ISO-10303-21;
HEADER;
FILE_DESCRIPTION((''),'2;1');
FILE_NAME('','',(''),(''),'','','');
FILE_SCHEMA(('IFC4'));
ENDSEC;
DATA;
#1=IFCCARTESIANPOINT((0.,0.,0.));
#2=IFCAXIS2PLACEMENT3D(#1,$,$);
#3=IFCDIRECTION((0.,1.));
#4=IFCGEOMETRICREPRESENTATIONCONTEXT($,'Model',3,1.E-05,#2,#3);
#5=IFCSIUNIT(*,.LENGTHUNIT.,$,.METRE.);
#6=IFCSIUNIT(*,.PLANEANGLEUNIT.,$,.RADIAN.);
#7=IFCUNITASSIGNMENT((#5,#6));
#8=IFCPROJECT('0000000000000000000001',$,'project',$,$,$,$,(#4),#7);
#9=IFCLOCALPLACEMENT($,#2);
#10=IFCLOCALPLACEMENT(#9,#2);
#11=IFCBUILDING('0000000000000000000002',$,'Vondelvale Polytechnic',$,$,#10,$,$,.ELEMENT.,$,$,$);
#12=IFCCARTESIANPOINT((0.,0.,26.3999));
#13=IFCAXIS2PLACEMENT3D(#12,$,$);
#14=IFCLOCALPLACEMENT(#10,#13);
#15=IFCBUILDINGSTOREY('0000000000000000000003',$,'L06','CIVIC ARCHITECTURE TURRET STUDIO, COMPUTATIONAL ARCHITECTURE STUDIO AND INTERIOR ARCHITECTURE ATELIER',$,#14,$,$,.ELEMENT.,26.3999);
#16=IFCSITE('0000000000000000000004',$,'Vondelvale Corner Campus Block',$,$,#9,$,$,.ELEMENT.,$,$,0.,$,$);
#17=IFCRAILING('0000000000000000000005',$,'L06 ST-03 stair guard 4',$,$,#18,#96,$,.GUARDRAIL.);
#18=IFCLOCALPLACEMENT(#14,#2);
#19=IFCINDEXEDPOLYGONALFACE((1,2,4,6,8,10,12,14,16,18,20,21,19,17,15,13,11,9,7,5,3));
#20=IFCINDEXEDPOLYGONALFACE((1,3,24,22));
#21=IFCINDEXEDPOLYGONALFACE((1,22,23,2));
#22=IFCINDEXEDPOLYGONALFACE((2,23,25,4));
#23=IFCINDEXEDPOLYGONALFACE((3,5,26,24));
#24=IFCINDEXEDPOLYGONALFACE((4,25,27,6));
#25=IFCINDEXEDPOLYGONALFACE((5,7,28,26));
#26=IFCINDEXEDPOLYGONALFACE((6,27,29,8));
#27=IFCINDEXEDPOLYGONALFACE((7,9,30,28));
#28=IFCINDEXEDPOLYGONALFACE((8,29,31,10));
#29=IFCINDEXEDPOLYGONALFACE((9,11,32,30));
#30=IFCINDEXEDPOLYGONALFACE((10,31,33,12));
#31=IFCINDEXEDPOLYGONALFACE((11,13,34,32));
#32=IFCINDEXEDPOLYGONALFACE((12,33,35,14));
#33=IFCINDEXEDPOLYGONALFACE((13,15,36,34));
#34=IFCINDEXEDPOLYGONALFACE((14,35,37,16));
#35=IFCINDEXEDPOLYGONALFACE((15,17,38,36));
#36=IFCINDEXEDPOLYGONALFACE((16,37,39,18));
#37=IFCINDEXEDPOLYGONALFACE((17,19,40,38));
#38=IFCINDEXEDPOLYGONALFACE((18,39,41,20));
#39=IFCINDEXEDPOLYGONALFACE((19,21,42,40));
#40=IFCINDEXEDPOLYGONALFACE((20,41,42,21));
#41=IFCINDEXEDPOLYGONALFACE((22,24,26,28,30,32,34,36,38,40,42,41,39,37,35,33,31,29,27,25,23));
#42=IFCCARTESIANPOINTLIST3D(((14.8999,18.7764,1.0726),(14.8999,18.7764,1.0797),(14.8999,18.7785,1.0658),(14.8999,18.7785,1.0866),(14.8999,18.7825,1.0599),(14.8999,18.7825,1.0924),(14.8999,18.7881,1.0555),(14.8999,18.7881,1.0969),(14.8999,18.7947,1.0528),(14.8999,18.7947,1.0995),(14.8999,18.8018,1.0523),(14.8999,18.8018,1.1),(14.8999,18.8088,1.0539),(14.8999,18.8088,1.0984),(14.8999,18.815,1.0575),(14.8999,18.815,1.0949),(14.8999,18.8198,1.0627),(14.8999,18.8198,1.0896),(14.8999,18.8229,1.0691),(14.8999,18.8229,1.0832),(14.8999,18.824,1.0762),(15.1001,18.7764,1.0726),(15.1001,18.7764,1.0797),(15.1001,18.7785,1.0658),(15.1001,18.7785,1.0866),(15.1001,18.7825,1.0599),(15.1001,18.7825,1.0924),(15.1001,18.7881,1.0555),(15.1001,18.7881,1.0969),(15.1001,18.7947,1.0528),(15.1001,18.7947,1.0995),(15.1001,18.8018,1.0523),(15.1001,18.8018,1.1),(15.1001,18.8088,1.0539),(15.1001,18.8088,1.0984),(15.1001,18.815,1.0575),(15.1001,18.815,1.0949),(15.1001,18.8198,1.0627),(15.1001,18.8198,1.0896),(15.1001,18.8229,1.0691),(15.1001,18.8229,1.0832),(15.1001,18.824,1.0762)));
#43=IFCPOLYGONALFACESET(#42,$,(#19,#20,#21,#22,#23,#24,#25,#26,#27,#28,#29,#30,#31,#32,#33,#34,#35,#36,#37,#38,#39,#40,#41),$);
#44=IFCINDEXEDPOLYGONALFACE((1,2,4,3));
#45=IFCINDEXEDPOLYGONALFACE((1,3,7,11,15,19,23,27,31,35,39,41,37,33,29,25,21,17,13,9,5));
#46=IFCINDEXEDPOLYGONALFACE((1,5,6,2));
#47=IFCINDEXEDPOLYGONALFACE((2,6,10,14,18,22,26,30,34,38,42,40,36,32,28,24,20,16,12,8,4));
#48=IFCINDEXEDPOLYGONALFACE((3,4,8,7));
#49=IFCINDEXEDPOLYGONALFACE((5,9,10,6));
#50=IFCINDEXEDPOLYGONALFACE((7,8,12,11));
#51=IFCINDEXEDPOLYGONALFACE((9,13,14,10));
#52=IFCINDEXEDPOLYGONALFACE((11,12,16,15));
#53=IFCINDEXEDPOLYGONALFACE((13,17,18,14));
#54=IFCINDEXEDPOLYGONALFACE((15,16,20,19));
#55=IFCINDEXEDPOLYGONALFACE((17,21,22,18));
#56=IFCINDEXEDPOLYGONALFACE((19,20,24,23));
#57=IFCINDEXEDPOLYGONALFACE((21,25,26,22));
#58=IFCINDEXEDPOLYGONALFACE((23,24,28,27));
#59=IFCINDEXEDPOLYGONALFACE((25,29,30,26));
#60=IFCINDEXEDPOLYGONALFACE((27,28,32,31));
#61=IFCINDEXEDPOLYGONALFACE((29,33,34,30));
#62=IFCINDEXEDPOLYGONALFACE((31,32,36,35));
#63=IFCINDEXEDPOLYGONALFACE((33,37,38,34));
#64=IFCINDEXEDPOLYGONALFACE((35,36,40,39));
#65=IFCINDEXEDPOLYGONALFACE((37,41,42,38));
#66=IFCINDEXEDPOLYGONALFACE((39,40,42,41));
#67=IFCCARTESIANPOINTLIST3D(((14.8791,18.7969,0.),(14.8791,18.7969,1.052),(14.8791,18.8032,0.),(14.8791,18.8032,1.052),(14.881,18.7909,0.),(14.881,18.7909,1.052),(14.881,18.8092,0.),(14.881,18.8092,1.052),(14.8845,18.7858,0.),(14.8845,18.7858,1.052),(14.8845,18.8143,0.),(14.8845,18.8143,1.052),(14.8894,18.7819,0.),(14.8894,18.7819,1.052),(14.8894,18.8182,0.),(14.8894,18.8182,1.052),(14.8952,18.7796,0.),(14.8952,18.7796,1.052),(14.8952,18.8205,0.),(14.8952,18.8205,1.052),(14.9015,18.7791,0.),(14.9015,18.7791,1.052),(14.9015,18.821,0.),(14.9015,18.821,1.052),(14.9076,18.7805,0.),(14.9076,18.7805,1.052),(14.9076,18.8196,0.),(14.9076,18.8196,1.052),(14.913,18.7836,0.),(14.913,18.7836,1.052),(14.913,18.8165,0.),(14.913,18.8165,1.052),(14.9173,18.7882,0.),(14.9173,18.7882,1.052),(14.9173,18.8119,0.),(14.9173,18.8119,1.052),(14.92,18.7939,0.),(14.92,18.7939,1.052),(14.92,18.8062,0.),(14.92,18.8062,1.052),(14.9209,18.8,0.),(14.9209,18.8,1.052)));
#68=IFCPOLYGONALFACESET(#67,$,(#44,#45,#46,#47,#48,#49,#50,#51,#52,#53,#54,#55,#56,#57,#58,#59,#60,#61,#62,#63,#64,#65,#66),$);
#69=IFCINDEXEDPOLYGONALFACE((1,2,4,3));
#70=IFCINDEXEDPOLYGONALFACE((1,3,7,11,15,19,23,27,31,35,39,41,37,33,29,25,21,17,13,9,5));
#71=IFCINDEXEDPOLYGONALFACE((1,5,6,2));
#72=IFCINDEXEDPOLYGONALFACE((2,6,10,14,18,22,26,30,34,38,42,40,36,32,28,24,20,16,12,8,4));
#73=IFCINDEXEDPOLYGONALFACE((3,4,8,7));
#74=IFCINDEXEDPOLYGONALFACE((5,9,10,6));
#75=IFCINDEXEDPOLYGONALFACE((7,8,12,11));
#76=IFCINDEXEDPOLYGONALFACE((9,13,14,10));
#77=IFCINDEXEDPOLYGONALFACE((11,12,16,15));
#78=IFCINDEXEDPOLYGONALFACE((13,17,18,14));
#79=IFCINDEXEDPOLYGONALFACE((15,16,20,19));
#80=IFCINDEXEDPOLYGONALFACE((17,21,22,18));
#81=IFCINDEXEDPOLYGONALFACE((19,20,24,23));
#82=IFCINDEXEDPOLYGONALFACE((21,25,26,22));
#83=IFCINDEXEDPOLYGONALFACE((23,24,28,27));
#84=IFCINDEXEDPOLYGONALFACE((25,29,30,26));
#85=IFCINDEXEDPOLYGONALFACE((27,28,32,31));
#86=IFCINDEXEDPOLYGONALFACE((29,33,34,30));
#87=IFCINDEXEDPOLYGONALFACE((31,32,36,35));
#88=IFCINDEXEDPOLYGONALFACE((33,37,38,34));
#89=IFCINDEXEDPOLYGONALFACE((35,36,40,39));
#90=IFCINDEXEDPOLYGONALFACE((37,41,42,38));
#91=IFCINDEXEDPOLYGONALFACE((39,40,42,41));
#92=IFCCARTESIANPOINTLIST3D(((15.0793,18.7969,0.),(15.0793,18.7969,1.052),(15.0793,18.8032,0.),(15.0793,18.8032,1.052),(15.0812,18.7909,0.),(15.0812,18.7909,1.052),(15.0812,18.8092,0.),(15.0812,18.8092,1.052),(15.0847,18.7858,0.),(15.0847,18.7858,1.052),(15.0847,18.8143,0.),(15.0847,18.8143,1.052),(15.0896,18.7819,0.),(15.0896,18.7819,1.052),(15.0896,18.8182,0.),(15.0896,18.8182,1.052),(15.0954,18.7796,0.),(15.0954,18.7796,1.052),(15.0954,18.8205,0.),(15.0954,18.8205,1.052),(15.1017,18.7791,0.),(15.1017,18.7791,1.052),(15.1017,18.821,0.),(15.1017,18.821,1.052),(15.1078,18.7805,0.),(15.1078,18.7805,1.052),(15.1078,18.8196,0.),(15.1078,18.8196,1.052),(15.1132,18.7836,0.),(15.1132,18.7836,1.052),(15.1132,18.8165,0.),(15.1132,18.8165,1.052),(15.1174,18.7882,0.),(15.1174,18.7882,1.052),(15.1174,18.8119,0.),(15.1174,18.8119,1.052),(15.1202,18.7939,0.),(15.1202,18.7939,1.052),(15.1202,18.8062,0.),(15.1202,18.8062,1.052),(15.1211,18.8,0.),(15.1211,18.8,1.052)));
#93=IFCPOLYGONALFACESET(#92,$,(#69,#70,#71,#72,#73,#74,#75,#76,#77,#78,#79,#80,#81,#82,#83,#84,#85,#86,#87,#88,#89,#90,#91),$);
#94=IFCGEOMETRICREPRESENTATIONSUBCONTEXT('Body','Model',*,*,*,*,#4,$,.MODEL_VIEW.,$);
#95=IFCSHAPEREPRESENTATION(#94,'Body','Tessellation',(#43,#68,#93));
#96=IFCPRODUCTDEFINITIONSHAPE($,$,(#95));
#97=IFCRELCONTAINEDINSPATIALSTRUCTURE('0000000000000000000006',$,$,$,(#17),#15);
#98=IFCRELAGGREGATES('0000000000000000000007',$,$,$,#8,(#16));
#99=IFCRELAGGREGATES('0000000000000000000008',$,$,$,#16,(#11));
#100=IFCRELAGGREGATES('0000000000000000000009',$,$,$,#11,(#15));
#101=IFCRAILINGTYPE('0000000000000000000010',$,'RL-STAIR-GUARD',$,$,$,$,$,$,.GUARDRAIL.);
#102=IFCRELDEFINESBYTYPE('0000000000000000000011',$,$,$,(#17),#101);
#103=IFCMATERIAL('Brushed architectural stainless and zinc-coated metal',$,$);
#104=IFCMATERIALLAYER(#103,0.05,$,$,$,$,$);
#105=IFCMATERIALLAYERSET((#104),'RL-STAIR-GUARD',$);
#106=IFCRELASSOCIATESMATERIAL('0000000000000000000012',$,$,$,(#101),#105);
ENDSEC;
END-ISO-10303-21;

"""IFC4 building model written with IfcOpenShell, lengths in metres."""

from ifc_helpers import new_model, si_unit, direction, frame, origin, origin_2d, place, context, subcontext, project, spatial, circle, extrude, material, layer, layer_set, type_object, element, save


model = new_model("IFC4")

# Units and contexts
model_context = context("Model", 3, precision=1e-05, world=origin(), true_north=direction((0.0, 1.0)))
body_context = subcontext(model_context, "Body", "Model", "MODEL_VIEW")
ifc_project = project(units=[si_unit("LENGTHUNIT", "METRE"), si_unit("PLANEANGLEUNIT", "RADIAN")], contexts=[model_context])

# Site, building, storey
site_placement = place(None, origin())
site = spatial("IfcSite", under=ifc_project, at=site_placement, Name="Vondelvale Corner Campus Block", CompositionType="ELEMENT", RefElevation=0.0)
building_placement = place(site_placement, origin())
building = spatial("IfcBuilding", under=site, at=building_placement, Name="Vondelvale Polytechnic", CompositionType="ELEMENT")
storey_placement = place(building_placement, frame((0.0, 0.0, 26.3999)))
storey = spatial("IfcBuildingStorey", under=building, at=storey_placement, Name="L06", Description="CIVIC ARCHITECTURE TURRET STUDIO, COMPUTATIONAL ARCHITECTURE STUDIO AND INTERIOR ARCHITECTURE ATELIER", CompositionType="ELEMENT", Elevation=26.3999)

# Railing
ifc_material_1 = material(Name="Brushed architectural stainless and zinc-coated metal")
ifc_layer_1 = layer(ifc_material_1, 0.05)
ifc_layer_set_1 = layer_set([ifc_layer_1], Name="RL-STAIR-GUARD")
railing_type_1 = type_object("IfcRailingType", Name="RL-STAIR-GUARD", PredefinedType="GUARDRAIL", material=ifc_layer_set_1)
railing_1_placement = place(storey_placement, frame((14.8999, 18.8, 0.0)))
element("IfcRailing", 1, at=railing_1_placement, inside=storey, type_object=railing_type_1, Name="L06 ST-03 stair guard 4", PredefinedType="GUARDRAIL", context=body_context, shape_type="SweptSolid", body=[
    extrude(circle(Radius=0.0239, at=origin_2d()), frame((0.0, 0.0, 1.0762), z_axis=(1.0, 0.0, 0.0), x_axis=(0.0, 1.0, 0.0)), (0.0, 0.0, 1.0), 0.2002),
    extrude(circle(Radius=0.021, at=origin_2d()), origin(), (0.0, 0.0, 1.0), 1.052),
    extrude(circle(Radius=0.021, at=origin_2d()), frame((0.2002, 0.0, 0.0)), (0.0, 0.0, 1.0), 1.052),
])

save(model, "model.ifc")
